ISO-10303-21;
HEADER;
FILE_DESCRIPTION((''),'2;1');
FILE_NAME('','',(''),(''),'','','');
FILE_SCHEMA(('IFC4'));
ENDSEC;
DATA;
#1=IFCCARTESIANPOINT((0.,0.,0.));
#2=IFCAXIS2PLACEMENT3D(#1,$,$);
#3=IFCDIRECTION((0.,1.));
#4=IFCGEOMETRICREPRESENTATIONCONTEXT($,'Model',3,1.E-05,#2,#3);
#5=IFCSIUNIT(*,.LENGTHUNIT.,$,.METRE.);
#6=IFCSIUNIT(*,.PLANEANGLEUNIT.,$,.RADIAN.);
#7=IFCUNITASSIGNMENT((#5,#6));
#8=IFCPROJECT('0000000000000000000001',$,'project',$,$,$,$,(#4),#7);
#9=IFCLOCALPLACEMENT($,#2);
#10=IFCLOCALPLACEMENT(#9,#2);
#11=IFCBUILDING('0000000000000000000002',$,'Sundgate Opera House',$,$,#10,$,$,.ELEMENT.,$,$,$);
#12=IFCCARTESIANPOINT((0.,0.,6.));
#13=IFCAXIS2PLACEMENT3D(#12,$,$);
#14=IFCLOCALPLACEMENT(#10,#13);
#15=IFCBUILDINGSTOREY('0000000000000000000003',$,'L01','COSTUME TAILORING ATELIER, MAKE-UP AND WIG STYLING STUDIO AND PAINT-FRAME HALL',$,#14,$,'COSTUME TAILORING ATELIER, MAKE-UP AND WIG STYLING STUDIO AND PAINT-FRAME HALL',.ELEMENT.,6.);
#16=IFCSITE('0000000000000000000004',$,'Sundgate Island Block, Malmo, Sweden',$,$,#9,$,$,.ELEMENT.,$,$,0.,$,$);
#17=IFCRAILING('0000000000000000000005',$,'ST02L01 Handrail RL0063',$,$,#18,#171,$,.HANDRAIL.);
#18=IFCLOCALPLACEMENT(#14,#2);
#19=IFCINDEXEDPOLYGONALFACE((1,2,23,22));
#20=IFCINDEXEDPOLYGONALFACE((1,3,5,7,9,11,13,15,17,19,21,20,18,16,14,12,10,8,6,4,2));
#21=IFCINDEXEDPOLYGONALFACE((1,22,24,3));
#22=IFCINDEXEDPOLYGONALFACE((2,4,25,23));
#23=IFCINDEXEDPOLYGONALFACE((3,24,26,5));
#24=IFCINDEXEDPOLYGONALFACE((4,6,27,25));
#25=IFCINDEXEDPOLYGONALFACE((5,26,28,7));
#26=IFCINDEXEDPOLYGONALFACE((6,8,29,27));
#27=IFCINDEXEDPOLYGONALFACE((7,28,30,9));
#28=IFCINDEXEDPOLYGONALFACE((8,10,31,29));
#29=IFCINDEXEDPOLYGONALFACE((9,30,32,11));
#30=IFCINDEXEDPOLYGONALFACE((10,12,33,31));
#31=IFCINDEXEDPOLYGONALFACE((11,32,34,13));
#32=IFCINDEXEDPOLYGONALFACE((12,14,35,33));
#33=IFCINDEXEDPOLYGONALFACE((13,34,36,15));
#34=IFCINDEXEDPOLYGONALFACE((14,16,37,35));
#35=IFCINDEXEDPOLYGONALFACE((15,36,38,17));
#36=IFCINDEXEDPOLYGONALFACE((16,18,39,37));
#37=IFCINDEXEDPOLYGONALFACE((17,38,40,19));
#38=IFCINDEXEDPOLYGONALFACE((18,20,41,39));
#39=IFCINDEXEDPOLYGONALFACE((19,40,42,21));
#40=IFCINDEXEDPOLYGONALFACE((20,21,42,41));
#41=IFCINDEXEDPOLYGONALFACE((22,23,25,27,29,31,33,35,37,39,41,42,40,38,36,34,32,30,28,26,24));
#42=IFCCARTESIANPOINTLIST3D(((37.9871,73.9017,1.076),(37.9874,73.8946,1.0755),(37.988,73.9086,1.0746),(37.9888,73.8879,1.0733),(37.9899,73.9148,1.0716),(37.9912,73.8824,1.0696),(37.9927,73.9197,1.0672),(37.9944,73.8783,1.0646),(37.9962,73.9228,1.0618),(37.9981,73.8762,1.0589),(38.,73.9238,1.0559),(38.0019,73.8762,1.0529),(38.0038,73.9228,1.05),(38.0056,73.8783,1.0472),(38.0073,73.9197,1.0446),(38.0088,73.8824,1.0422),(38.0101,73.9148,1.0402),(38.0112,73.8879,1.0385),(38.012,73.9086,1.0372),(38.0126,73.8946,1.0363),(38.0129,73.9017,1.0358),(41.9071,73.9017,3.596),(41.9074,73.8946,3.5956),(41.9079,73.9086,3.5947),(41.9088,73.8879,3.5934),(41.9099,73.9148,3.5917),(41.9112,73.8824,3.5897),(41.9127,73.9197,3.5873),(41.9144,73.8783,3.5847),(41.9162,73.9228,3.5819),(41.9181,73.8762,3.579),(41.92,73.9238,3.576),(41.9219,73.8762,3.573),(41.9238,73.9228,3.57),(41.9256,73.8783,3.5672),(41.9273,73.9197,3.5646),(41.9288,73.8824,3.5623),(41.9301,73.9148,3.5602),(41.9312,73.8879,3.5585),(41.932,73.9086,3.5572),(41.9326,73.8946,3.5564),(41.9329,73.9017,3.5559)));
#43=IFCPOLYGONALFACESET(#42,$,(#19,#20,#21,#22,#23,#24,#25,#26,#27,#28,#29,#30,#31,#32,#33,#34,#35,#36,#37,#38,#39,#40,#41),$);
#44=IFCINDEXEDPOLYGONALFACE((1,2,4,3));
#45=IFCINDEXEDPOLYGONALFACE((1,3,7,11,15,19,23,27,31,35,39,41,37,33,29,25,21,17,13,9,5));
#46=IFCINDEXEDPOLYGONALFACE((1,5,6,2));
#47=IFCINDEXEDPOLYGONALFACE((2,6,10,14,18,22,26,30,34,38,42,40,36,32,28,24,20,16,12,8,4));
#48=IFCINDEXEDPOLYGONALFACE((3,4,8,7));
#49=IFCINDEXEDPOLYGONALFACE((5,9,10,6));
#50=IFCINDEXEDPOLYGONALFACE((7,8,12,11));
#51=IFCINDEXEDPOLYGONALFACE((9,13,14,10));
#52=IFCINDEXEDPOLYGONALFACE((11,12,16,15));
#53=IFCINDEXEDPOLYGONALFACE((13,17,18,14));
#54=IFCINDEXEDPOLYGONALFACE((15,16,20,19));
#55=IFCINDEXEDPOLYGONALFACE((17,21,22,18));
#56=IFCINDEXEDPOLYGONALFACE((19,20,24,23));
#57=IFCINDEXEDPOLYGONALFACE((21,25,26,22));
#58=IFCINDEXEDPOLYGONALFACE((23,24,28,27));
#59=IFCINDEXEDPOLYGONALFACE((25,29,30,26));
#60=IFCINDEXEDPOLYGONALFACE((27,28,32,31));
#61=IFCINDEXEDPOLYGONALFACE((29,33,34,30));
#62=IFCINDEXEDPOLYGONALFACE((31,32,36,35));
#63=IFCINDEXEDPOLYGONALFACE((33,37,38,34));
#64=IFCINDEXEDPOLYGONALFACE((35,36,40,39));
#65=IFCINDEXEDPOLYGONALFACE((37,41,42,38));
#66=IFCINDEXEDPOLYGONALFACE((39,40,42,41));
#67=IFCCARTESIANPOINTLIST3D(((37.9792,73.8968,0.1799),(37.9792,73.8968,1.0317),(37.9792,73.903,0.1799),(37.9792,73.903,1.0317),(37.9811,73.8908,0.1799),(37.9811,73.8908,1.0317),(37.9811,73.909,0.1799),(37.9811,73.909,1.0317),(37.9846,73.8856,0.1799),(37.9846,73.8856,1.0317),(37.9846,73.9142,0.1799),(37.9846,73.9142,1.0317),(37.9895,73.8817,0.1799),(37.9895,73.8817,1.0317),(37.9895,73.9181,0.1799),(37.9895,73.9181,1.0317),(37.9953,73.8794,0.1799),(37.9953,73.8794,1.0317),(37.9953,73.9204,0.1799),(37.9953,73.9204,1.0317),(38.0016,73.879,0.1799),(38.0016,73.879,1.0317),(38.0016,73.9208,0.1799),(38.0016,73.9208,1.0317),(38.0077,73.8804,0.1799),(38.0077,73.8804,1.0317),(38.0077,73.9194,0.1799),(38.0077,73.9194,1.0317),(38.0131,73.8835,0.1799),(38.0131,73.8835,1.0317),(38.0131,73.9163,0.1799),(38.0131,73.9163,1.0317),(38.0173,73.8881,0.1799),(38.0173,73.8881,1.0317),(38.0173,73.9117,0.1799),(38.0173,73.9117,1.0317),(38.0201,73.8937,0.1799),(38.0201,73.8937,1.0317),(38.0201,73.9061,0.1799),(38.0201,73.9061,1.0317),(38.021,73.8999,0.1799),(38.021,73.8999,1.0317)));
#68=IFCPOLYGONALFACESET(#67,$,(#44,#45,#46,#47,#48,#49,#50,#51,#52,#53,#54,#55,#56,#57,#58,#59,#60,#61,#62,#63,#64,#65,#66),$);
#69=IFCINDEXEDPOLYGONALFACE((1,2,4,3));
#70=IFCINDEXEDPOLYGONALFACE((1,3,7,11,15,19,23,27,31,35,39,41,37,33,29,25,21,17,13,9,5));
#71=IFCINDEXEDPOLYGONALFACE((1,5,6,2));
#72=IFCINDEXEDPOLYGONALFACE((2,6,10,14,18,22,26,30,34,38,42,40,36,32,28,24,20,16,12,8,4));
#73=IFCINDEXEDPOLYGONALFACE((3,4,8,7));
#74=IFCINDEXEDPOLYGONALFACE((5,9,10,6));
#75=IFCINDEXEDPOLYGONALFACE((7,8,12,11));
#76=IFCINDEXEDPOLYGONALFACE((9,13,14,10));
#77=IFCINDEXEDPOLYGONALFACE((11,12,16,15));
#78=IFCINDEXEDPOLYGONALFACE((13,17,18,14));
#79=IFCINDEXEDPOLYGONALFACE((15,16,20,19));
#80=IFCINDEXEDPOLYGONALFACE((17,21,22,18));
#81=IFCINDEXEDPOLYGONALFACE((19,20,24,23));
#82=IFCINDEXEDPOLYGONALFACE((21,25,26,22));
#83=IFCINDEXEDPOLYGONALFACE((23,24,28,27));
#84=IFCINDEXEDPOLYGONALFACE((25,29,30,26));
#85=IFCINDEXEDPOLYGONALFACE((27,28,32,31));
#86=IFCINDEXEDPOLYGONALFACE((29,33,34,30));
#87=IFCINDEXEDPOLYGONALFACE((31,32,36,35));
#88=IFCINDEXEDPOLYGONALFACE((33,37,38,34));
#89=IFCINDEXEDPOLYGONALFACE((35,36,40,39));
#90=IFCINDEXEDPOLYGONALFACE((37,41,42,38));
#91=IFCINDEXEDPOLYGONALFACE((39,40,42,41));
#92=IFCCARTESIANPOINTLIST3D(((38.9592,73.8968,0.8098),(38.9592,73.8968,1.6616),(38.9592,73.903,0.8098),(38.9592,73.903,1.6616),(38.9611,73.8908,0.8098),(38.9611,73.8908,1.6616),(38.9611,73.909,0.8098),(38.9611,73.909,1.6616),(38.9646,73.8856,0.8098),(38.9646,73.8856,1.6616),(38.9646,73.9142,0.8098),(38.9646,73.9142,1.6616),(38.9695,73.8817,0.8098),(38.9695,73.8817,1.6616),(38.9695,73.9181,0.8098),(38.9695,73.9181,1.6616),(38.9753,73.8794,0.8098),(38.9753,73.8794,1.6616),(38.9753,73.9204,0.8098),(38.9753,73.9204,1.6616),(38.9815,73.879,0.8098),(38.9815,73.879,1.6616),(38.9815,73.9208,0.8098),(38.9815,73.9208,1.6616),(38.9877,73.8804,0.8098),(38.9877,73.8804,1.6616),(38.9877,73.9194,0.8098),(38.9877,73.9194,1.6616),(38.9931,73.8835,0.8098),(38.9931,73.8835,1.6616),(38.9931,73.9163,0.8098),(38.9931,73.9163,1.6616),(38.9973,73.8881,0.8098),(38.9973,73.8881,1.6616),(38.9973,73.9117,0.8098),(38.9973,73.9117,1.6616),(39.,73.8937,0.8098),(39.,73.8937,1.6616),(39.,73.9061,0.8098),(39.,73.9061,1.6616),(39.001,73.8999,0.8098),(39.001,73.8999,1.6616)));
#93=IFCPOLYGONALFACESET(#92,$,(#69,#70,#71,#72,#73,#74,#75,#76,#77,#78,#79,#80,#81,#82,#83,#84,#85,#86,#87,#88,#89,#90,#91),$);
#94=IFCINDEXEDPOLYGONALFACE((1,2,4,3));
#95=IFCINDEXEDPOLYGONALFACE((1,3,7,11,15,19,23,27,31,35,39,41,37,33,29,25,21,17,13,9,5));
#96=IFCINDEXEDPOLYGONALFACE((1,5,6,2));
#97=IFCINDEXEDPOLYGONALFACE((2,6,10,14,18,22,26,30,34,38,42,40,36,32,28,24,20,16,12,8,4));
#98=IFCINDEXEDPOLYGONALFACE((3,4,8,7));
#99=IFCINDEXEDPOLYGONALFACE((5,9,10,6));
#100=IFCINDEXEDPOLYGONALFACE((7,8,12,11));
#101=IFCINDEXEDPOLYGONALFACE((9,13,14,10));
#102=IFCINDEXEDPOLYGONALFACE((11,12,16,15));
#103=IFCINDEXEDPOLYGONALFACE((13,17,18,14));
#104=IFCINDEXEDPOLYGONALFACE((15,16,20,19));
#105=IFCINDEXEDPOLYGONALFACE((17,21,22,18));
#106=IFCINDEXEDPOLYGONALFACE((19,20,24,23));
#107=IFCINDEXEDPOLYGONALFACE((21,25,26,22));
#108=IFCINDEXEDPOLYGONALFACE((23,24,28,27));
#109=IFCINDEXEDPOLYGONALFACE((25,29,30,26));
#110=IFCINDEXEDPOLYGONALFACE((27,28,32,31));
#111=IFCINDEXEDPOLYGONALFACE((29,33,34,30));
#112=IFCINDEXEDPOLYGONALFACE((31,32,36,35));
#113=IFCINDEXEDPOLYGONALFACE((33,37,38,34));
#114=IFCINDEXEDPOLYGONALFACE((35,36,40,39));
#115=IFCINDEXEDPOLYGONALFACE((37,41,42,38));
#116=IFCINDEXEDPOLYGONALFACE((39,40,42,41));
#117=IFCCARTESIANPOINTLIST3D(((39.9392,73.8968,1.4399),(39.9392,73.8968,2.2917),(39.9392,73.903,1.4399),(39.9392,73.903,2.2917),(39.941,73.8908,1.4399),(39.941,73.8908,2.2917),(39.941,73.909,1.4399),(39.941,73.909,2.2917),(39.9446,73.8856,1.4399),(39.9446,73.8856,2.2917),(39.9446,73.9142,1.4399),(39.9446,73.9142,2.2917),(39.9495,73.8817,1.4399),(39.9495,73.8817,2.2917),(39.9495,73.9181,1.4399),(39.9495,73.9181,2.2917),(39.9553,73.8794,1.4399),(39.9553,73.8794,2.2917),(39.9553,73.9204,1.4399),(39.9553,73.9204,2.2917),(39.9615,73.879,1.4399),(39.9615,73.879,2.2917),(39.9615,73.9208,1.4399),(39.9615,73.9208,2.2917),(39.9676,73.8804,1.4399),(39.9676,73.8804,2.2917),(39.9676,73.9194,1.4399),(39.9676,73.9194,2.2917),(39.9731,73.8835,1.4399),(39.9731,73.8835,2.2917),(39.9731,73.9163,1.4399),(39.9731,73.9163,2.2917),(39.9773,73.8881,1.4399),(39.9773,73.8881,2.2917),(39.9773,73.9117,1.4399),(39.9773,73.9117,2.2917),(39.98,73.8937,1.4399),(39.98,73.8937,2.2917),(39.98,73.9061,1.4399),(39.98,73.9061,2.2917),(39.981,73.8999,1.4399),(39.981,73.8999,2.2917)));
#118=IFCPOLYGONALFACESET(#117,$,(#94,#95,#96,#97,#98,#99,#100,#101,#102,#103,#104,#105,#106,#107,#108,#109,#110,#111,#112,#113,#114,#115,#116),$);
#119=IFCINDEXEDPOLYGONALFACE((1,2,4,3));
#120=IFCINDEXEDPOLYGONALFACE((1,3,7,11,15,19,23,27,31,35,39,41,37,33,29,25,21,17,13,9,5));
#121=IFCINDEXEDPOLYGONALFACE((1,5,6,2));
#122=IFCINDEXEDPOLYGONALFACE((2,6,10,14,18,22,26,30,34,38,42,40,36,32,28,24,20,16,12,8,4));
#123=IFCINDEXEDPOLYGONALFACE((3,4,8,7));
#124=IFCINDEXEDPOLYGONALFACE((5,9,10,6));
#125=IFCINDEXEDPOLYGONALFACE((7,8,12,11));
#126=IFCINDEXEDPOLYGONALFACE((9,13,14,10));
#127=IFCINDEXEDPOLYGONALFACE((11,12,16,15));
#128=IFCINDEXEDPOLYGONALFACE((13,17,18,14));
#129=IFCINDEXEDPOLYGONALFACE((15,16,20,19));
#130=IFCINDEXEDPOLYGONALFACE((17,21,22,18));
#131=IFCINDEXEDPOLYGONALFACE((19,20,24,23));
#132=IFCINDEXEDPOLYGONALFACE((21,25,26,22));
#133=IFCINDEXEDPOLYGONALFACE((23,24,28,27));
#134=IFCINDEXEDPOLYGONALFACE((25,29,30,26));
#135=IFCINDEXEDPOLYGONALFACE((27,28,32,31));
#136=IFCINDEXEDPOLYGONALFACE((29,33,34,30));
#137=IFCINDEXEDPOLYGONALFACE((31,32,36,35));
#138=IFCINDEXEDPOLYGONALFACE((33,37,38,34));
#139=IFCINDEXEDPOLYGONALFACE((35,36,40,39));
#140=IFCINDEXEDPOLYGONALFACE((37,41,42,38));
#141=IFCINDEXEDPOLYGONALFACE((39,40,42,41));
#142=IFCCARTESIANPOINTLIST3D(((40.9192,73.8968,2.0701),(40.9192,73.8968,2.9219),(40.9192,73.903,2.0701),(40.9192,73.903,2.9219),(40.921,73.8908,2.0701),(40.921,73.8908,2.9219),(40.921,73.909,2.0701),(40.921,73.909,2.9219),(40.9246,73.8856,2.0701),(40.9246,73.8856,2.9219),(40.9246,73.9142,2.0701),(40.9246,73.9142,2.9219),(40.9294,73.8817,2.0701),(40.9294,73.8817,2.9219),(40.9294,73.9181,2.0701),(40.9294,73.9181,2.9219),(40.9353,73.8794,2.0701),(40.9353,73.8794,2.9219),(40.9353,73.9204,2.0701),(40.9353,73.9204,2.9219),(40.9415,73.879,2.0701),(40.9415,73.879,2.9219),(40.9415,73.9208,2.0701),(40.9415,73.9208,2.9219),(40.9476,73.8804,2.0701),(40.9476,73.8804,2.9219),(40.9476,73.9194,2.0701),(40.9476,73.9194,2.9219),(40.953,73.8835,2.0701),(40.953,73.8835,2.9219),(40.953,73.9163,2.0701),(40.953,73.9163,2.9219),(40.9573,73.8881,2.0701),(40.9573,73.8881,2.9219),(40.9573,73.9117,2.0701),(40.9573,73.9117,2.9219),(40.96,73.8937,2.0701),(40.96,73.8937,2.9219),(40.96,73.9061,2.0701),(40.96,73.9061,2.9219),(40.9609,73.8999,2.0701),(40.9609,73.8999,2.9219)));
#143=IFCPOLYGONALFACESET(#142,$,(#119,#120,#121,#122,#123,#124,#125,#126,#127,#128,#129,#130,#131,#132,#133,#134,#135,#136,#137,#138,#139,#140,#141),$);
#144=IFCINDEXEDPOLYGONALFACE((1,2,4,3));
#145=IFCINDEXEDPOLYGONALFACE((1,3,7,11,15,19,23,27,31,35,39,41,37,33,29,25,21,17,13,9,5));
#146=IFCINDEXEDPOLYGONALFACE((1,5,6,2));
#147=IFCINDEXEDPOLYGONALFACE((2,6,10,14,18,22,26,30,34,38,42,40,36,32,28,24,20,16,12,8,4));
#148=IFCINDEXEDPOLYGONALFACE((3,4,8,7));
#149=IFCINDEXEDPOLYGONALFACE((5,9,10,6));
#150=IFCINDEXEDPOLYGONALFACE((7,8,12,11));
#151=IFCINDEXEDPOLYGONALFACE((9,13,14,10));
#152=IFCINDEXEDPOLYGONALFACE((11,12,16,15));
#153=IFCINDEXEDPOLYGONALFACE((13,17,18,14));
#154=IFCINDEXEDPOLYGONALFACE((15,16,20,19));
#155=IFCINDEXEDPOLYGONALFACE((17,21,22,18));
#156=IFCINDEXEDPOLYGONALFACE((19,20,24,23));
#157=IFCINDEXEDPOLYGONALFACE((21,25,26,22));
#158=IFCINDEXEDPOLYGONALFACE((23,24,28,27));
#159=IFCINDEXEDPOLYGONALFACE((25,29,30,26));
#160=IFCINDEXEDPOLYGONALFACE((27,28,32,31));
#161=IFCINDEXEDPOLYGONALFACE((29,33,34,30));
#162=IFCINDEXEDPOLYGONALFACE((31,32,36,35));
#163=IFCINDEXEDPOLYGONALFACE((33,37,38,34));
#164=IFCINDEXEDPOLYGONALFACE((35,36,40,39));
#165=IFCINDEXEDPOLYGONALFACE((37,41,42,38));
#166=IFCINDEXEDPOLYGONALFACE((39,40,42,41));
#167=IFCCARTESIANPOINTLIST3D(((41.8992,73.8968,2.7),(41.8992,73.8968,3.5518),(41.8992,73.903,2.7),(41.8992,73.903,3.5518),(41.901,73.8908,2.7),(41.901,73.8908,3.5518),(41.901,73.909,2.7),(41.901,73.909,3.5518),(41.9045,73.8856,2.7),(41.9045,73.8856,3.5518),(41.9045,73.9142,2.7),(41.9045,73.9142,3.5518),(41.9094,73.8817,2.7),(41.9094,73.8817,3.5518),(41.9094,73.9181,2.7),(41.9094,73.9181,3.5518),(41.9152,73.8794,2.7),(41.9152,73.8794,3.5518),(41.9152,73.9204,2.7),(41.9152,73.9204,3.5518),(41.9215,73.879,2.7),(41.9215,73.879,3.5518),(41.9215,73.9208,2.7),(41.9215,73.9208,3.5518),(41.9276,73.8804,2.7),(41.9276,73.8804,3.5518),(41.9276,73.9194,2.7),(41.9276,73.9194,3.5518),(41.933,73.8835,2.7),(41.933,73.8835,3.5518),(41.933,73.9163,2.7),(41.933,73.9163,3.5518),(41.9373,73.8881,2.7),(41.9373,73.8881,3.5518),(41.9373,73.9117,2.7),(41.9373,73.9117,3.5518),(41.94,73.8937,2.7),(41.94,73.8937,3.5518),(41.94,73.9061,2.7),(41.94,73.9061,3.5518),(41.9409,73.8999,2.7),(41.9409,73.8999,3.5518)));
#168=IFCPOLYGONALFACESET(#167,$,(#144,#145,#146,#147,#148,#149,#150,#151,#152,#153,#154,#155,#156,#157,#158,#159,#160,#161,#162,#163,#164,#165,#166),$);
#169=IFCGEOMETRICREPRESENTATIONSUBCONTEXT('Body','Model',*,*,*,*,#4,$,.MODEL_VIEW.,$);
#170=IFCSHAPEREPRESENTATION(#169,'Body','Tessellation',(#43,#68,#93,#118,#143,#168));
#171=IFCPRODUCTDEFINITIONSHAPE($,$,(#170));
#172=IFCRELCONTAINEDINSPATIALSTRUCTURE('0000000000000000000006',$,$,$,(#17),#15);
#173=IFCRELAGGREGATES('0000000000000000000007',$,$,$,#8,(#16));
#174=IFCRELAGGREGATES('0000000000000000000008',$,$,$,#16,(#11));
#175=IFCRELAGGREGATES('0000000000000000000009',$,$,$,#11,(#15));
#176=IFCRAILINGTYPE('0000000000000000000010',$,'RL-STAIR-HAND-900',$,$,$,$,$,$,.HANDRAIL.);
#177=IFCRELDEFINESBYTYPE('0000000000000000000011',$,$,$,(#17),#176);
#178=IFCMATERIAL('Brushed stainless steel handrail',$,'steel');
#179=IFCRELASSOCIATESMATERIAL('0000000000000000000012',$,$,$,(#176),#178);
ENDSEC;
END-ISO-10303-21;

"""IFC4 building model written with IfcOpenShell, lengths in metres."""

from ifc_helpers import new_model, si_unit, direction, frame, origin, origin_2d, place, context, subcontext, project, spatial, circle, extrude, material, type_object, element, save


model = new_model("IFC4")

# Units and contexts
model_context = context("Model", 3, precision=1e-05, world=origin(), true_north=direction((0.0, 1.0)))
body_context = subcontext(model_context, "Body", "Model", "MODEL_VIEW")
ifc_project = project(units=[si_unit("LENGTHUNIT", "METRE"), si_unit("PLANEANGLEUNIT", "RADIAN")], contexts=[model_context])

# Site, building, storey
site_placement = place(None, origin())
site = spatial("IfcSite", under=ifc_project, at=site_placement, Name="Sundgate Island Block, Malmo, Sweden", CompositionType="ELEMENT", RefElevation=0.0)
building_placement = place(site_placement, origin())
building = spatial("IfcBuilding", under=site, at=building_placement, Name="Sundgate Opera House", CompositionType="ELEMENT")
storey_placement = place(building_placement, frame((0.0, 0.0, 6.0)))
storey = spatial("IfcBuildingStorey", under=building, at=storey_placement, Name="L01", Description="COSTUME TAILORING ATELIER, MAKE-UP AND WIG STYLING STUDIO AND PAINT-FRAME HALL", LongName="COSTUME TAILORING ATELIER, MAKE-UP AND WIG STYLING STUDIO AND PAINT-FRAME HALL", CompositionType="ELEMENT", Elevation=6.0)

# Railing
ifc_material_1 = material(Name="Brushed stainless steel handrail", Category="steel")
railing_type_1 = type_object("IfcRailingType", Name="RL-STAIR-HAND-900", PredefinedType="HANDRAIL", material=ifc_material_1)
railing_1_placement = place(storey_placement, frame((38.0, 73.8999, 0.1799)))
element("IfcRailing", 1, at=railing_1_placement, inside=storey, type_object=railing_type_1, Name="ST02L01 Handrail RL0063", PredefinedType="HANDRAIL", context=body_context, shape_type="SweptSolid", body=[
    extrude(circle(Radius=0.0239, at=origin_2d()), frame((0.0, 0.0, 0.876), z_axis=(0.841172, 0.0, 0.540768), x_axis=(0.0, 1.0, 0.0)), (0.0, 0.0, 1.0), 4.6602),
    extrude(circle(Radius=0.021, at=origin_2d()), origin(), (0.0, 0.0, 1.0), 0.8518),
    extrude(circle(Radius=0.021, at=origin_2d()), frame((0.98, 0.0, 0.6299)), (0.0, 0.0, 1.0), 0.8518),
    extrude(circle(Radius=0.021, at=origin_2d()), frame((1.96, 0.0, 1.26)), (0.0, 0.0, 1.0), 0.8518),
    extrude(circle(Radius=0.021, at=origin_2d()), frame((2.9399, 0.0, 1.8901)), (0.0, 0.0, 1.0), 0.8518),
    extrude(circle(Radius=0.021, at=origin_2d()), frame((3.9199, 0.0, 2.52)), (0.0, 0.0, 1.0), 0.8518),
])

save(model, "model.ifc")
